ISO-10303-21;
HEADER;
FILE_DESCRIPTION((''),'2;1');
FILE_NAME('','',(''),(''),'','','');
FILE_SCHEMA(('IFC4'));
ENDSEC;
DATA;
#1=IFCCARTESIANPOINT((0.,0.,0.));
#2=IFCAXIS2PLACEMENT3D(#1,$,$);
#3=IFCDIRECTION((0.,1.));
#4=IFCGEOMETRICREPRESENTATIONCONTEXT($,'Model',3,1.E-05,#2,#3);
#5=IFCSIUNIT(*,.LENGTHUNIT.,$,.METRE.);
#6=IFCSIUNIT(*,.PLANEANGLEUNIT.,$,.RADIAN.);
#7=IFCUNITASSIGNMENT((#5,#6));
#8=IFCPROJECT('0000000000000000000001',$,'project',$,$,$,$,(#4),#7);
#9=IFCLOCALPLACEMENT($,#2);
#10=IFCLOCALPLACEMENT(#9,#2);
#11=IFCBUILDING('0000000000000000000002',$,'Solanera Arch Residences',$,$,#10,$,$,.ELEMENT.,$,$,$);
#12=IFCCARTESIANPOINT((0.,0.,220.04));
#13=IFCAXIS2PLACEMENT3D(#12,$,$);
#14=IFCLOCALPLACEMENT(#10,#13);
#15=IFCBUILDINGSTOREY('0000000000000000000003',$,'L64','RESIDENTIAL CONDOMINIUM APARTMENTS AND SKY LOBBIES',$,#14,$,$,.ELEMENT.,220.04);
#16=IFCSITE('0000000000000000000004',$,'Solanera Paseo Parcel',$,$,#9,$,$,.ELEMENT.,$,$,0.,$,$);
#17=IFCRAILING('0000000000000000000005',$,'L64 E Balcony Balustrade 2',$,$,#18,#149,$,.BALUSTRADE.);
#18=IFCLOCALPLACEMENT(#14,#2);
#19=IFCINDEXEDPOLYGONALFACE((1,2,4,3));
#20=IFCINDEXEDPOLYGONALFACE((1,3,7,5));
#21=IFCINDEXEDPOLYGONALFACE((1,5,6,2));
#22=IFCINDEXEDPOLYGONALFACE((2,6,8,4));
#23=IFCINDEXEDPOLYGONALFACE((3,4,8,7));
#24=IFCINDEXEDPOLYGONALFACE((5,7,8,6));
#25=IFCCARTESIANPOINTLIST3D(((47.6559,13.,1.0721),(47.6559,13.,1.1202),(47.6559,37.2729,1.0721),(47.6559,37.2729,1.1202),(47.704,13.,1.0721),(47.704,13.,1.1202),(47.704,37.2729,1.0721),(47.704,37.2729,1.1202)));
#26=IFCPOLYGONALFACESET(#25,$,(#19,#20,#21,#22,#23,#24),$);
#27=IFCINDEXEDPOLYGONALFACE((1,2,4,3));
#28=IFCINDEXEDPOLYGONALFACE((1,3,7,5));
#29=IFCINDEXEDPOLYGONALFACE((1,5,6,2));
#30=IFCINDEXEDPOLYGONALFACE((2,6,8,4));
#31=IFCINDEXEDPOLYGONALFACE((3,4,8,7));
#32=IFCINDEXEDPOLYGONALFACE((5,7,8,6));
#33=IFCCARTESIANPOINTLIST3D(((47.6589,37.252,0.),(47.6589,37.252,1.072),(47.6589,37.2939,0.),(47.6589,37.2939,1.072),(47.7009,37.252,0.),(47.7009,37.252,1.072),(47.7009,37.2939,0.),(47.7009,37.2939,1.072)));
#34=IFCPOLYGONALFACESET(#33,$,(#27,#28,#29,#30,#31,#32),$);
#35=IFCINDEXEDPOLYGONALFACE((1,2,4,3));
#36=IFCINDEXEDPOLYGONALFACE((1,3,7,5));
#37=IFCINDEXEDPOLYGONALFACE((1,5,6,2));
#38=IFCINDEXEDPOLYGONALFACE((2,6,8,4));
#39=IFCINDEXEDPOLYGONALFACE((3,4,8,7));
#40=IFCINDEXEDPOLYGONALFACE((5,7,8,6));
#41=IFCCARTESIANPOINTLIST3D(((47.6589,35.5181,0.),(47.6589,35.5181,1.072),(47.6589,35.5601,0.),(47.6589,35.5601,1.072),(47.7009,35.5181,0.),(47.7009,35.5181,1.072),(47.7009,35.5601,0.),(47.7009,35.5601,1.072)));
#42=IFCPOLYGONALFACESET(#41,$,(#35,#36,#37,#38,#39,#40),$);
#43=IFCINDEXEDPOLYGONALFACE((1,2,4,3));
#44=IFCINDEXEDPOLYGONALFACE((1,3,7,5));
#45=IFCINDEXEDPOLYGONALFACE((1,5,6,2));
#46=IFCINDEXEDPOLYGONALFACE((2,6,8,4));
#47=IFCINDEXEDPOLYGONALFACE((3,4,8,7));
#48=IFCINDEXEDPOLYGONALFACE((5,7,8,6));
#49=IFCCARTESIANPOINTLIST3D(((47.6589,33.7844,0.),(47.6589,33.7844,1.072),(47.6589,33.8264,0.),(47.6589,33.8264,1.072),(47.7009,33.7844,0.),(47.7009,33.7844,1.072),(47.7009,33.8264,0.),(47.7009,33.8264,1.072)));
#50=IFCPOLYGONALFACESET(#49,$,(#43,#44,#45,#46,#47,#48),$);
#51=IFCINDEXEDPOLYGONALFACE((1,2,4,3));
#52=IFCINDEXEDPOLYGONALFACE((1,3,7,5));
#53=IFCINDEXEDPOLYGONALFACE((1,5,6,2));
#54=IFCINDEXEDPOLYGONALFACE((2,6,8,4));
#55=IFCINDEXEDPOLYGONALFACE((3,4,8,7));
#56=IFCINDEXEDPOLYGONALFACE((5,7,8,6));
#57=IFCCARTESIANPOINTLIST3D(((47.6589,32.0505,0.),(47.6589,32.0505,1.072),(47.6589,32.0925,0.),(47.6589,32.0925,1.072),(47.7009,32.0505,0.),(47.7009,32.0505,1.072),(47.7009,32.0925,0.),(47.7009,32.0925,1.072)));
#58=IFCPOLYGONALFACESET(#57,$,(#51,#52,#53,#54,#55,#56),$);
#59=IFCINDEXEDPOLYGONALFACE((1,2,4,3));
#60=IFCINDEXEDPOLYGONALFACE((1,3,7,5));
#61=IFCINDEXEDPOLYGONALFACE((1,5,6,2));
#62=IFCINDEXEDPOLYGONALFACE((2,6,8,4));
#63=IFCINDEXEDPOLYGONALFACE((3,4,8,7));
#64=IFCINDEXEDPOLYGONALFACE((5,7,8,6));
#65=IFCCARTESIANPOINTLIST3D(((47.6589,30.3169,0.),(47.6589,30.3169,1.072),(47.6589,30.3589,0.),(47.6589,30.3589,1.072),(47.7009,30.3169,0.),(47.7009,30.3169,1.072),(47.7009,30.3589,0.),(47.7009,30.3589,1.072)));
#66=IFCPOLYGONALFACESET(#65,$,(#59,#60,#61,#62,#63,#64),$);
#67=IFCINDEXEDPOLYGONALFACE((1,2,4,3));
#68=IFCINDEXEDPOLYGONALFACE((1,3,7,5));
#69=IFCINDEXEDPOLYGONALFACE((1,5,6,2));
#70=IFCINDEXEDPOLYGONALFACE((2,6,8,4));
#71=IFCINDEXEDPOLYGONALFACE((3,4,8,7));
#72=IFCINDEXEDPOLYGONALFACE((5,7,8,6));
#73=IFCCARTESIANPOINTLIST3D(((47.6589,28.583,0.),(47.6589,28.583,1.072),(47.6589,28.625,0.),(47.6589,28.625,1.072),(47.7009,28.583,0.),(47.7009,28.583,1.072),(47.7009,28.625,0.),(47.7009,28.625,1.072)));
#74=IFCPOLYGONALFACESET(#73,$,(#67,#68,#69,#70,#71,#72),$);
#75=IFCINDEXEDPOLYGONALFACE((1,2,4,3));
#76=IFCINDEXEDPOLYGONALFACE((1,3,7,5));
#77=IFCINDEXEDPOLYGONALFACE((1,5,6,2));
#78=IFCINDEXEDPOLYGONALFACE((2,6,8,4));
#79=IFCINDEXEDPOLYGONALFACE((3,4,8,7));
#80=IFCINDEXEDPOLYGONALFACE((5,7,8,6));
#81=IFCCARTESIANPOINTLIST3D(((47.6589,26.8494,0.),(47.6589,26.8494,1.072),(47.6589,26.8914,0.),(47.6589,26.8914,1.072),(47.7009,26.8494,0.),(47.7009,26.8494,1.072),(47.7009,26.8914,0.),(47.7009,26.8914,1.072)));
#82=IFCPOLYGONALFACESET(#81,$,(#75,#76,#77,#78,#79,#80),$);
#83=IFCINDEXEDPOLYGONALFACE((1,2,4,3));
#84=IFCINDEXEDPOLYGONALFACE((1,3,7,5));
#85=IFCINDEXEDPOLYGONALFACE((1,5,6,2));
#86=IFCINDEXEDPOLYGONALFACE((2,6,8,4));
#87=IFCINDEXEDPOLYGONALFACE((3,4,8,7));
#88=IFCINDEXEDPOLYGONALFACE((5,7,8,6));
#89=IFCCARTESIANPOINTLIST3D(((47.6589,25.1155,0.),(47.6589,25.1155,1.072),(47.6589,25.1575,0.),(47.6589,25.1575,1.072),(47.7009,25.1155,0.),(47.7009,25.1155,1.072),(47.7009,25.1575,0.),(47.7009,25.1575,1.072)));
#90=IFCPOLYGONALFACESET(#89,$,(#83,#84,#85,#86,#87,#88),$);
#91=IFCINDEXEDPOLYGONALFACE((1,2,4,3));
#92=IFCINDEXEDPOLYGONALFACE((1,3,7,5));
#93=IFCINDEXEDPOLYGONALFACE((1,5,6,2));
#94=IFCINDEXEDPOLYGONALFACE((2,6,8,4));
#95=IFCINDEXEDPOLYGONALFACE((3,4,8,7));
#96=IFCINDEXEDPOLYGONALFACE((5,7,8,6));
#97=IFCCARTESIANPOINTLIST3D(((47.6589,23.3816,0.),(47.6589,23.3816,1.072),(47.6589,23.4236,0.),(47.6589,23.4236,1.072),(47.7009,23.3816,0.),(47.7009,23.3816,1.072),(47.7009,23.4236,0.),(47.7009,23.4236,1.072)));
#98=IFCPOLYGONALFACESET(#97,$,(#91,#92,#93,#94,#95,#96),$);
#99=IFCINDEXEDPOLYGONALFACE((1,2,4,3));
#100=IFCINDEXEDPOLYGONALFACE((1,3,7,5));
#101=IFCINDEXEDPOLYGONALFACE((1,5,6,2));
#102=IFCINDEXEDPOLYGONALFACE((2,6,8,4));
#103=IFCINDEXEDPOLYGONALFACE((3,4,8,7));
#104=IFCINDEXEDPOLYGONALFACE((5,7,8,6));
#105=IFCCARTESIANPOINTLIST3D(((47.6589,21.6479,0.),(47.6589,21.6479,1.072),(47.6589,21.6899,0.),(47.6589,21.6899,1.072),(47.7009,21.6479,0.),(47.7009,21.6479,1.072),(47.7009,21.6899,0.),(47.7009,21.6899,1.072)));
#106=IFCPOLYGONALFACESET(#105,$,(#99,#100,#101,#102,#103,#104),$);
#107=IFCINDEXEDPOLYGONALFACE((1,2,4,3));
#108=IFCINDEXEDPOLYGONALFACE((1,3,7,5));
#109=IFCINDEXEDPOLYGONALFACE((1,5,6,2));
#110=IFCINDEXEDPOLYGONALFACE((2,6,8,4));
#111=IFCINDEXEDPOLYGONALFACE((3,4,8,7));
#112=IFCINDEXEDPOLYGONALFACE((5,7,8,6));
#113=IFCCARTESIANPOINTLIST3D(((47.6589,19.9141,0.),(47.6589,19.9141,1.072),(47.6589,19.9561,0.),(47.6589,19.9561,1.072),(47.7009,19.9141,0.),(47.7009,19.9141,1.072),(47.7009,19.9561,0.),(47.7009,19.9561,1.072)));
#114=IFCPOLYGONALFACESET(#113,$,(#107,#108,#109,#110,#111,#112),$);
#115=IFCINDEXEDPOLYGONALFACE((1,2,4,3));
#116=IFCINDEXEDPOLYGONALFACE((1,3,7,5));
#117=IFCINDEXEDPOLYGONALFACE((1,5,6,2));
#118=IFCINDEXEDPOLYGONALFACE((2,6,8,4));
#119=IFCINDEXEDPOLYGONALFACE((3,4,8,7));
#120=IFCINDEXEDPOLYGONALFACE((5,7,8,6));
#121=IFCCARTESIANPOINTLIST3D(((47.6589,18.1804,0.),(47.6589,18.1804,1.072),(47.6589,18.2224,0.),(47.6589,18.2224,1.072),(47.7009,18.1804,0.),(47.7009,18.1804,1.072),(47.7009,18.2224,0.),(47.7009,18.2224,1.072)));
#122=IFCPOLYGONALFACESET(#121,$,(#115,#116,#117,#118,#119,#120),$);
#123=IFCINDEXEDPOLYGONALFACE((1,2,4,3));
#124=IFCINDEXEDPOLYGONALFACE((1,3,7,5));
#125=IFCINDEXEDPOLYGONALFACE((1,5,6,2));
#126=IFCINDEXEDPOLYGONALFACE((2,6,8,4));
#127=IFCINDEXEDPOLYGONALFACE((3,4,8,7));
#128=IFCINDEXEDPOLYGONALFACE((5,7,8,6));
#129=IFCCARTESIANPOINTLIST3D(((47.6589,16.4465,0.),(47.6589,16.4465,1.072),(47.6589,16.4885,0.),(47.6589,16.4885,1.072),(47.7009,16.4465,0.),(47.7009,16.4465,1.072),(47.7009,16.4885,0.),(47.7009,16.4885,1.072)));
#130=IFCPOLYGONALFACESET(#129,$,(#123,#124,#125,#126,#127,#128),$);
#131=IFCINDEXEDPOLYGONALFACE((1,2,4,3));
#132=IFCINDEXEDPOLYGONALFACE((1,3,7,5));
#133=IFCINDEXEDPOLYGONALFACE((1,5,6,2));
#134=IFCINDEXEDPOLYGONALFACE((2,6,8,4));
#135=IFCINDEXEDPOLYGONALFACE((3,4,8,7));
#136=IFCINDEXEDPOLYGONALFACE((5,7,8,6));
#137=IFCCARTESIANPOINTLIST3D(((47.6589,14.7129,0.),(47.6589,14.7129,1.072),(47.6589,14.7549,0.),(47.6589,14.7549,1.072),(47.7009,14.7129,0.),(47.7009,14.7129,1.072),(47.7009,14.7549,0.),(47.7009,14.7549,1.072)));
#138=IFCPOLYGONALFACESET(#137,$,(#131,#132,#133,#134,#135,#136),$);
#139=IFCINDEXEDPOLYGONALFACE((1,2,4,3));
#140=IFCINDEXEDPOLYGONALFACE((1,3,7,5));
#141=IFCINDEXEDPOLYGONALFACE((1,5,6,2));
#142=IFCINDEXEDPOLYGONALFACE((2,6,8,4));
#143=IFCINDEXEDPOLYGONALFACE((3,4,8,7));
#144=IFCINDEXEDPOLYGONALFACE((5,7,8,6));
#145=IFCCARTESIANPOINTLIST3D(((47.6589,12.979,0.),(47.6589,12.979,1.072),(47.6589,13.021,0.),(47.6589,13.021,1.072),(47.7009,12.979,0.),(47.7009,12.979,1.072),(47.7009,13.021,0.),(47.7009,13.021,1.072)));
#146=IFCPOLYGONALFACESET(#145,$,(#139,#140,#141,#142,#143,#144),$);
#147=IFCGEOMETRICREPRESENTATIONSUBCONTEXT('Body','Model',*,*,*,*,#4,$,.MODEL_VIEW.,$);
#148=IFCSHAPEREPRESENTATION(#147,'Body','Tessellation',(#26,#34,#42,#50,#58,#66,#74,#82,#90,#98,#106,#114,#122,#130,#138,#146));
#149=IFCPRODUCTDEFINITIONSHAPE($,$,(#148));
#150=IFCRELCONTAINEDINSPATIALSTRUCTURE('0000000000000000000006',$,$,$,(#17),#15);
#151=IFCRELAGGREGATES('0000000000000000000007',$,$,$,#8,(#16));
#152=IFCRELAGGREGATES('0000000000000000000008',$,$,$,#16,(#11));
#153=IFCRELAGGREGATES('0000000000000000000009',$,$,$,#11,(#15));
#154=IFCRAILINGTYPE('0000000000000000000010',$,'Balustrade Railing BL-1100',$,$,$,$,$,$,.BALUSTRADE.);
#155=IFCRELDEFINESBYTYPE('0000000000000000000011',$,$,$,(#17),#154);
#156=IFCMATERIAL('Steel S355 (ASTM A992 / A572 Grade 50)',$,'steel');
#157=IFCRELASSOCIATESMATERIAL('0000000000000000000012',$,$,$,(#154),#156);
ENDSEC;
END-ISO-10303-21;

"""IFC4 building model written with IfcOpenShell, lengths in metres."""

from ifc_helpers import new_model, si_unit, direction, frame, origin, origin_2d, place, context, subcontext, project, spatial, rectangle, extrude, material, type_object, element, save


model = new_model("IFC4")

# Units and contexts
model_context = context("Model", 3, precision=1e-05, world=origin(), true_north=direction((0.0, 1.0)))
body_context = subcontext(model_context, "Body", "Model", "MODEL_VIEW")
ifc_project = project(units=[si_unit("LENGTHUNIT", "METRE"), si_unit("PLANEANGLEUNIT", "RADIAN")], contexts=[model_context])

# Site, building, storey
site_placement = place(None, origin())
site = spatial("IfcSite", under=ifc_project, at=site_placement, Name="Solanera Paseo Parcel", CompositionType="ELEMENT", RefElevation=0.0)
building_placement = place(site_placement, origin())
building = spatial("IfcBuilding", under=site, at=building_placement, Name="Solanera Arch Residences", CompositionType="ELEMENT")
storey_placement = place(building_placement, frame((0.0, 0.0, 220.04)))
storey = spatial("IfcBuildingStorey", under=building, at=storey_placement, Name="L64", Description="RESIDENTIAL CONDOMINIUM APARTMENTS AND SKY LOBBIES", CompositionType="ELEMENT", Elevation=220.04)

# Railing
ifc_material_1 = material(Name="Steel S355 (ASTM A992 / A572 Grade 50)", Category="steel")
railing_type = type_object("IfcRailingType", Name="Balustrade Railing BL-1100", PredefinedType="BALUSTRADE", material=ifc_material_1)
railing_placement = place(storey_placement, frame((47.6799, 37.2729, 0.0)))
element("IfcRailing", 1, at=railing_placement, inside=storey, type_object=railing_type, Name="L64 E Balcony Balustrade 2", PredefinedType="BALUSTRADE", context=body_context, shape_type="SweptSolid", body=[
    extrude(rectangle(XDim=0.0481, YDim=0.0481, at=origin_2d()), frame((0.0, 0.0, 1.0962), z_axis=(0.0, -1.0, 0.0), x_axis=(1.0, 0.0, 0.0)), (0.0, 0.0, 1.0), 24.2729),
    extrude(rectangle(XDim=0.042, YDim=0.042, at=origin_2d()), origin(), (0.0, 0.0, 1.0), 1.072),
    extrude(rectangle(XDim=0.042, YDim=0.042, at=origin_2d()), frame((0.0, -1.7339, 0.0)), (0.0, 0.0, 1.0), 1.072),
    extrude(rectangle(XDim=0.042, YDim=0.042, at=origin_2d()), frame((0.0, -3.4675, 0.0)), (0.0, 0.0, 1.0), 1.072),
    extrude(rectangle(XDim=0.042, YDim=0.042, at=origin_2d()), frame((0.0, -5.2014, 0.0)), (0.0, 0.0, 1.0), 1.072),
    extrude(rectangle(XDim=0.042, YDim=0.042, at=origin_2d()), frame((0.0, -6.9351, 0.0)), (0.0, 0.0, 1.0), 1.072),
    extrude(rectangle(XDim=0.042, YDim=0.042, at=origin_2d()), frame((0.0, -8.6689, 0.0)), (0.0, 0.0, 1.0), 1.072),
    extrude(rectangle(XDim=0.042, YDim=0.042, at=origin_2d()), frame((0.0, -10.4026, 0.0)), (0.0, 0.0, 1.0), 1.072),
    extrude(rectangle(XDim=0.042, YDim=0.042, at=origin_2d()), frame((0.0, -12.1365, 0.0)), (0.0, 0.0, 1.0), 1.072),
    extrude(rectangle(XDim=0.042, YDim=0.042, at=origin_2d()), frame((0.0, -13.8704, 0.0)), (0.0, 0.0, 1.0), 1.072),
    extrude(rectangle(XDim=0.042, YDim=0.042, at=origin_2d()), frame((0.0, -15.604, 0.0)), (0.0, 0.0, 1.0), 1.072),
    extrude(rectangle(XDim=0.042, YDim=0.042, at=origin_2d()), frame((0.0, -17.3379, 0.0)), (0.0, 0.0, 1.0), 1.072),
    extrude(rectangle(XDim=0.042, YDim=0.042, at=origin_2d()), frame((0.0, -19.0715, 0.0)), (0.0, 0.0, 1.0), 1.072),
    extrude(rectangle(XDim=0.042, YDim=0.042, at=origin_2d()), frame((0.0, -20.8054, 0.0)), (0.0, 0.0, 1.0), 1.072),
    extrude(rectangle(XDim=0.042, YDim=0.042, at=origin_2d()), frame((0.0, -22.5391, 0.0)), (0.0, 0.0, 1.0), 1.072),
    extrude(rectangle(XDim=0.042, YDim=0.042, at=origin_2d()), frame((0.0, -24.2729, 0.0)), (0.0, 0.0, 1.0), 1.072),
])

save(model, "model.ifc")
